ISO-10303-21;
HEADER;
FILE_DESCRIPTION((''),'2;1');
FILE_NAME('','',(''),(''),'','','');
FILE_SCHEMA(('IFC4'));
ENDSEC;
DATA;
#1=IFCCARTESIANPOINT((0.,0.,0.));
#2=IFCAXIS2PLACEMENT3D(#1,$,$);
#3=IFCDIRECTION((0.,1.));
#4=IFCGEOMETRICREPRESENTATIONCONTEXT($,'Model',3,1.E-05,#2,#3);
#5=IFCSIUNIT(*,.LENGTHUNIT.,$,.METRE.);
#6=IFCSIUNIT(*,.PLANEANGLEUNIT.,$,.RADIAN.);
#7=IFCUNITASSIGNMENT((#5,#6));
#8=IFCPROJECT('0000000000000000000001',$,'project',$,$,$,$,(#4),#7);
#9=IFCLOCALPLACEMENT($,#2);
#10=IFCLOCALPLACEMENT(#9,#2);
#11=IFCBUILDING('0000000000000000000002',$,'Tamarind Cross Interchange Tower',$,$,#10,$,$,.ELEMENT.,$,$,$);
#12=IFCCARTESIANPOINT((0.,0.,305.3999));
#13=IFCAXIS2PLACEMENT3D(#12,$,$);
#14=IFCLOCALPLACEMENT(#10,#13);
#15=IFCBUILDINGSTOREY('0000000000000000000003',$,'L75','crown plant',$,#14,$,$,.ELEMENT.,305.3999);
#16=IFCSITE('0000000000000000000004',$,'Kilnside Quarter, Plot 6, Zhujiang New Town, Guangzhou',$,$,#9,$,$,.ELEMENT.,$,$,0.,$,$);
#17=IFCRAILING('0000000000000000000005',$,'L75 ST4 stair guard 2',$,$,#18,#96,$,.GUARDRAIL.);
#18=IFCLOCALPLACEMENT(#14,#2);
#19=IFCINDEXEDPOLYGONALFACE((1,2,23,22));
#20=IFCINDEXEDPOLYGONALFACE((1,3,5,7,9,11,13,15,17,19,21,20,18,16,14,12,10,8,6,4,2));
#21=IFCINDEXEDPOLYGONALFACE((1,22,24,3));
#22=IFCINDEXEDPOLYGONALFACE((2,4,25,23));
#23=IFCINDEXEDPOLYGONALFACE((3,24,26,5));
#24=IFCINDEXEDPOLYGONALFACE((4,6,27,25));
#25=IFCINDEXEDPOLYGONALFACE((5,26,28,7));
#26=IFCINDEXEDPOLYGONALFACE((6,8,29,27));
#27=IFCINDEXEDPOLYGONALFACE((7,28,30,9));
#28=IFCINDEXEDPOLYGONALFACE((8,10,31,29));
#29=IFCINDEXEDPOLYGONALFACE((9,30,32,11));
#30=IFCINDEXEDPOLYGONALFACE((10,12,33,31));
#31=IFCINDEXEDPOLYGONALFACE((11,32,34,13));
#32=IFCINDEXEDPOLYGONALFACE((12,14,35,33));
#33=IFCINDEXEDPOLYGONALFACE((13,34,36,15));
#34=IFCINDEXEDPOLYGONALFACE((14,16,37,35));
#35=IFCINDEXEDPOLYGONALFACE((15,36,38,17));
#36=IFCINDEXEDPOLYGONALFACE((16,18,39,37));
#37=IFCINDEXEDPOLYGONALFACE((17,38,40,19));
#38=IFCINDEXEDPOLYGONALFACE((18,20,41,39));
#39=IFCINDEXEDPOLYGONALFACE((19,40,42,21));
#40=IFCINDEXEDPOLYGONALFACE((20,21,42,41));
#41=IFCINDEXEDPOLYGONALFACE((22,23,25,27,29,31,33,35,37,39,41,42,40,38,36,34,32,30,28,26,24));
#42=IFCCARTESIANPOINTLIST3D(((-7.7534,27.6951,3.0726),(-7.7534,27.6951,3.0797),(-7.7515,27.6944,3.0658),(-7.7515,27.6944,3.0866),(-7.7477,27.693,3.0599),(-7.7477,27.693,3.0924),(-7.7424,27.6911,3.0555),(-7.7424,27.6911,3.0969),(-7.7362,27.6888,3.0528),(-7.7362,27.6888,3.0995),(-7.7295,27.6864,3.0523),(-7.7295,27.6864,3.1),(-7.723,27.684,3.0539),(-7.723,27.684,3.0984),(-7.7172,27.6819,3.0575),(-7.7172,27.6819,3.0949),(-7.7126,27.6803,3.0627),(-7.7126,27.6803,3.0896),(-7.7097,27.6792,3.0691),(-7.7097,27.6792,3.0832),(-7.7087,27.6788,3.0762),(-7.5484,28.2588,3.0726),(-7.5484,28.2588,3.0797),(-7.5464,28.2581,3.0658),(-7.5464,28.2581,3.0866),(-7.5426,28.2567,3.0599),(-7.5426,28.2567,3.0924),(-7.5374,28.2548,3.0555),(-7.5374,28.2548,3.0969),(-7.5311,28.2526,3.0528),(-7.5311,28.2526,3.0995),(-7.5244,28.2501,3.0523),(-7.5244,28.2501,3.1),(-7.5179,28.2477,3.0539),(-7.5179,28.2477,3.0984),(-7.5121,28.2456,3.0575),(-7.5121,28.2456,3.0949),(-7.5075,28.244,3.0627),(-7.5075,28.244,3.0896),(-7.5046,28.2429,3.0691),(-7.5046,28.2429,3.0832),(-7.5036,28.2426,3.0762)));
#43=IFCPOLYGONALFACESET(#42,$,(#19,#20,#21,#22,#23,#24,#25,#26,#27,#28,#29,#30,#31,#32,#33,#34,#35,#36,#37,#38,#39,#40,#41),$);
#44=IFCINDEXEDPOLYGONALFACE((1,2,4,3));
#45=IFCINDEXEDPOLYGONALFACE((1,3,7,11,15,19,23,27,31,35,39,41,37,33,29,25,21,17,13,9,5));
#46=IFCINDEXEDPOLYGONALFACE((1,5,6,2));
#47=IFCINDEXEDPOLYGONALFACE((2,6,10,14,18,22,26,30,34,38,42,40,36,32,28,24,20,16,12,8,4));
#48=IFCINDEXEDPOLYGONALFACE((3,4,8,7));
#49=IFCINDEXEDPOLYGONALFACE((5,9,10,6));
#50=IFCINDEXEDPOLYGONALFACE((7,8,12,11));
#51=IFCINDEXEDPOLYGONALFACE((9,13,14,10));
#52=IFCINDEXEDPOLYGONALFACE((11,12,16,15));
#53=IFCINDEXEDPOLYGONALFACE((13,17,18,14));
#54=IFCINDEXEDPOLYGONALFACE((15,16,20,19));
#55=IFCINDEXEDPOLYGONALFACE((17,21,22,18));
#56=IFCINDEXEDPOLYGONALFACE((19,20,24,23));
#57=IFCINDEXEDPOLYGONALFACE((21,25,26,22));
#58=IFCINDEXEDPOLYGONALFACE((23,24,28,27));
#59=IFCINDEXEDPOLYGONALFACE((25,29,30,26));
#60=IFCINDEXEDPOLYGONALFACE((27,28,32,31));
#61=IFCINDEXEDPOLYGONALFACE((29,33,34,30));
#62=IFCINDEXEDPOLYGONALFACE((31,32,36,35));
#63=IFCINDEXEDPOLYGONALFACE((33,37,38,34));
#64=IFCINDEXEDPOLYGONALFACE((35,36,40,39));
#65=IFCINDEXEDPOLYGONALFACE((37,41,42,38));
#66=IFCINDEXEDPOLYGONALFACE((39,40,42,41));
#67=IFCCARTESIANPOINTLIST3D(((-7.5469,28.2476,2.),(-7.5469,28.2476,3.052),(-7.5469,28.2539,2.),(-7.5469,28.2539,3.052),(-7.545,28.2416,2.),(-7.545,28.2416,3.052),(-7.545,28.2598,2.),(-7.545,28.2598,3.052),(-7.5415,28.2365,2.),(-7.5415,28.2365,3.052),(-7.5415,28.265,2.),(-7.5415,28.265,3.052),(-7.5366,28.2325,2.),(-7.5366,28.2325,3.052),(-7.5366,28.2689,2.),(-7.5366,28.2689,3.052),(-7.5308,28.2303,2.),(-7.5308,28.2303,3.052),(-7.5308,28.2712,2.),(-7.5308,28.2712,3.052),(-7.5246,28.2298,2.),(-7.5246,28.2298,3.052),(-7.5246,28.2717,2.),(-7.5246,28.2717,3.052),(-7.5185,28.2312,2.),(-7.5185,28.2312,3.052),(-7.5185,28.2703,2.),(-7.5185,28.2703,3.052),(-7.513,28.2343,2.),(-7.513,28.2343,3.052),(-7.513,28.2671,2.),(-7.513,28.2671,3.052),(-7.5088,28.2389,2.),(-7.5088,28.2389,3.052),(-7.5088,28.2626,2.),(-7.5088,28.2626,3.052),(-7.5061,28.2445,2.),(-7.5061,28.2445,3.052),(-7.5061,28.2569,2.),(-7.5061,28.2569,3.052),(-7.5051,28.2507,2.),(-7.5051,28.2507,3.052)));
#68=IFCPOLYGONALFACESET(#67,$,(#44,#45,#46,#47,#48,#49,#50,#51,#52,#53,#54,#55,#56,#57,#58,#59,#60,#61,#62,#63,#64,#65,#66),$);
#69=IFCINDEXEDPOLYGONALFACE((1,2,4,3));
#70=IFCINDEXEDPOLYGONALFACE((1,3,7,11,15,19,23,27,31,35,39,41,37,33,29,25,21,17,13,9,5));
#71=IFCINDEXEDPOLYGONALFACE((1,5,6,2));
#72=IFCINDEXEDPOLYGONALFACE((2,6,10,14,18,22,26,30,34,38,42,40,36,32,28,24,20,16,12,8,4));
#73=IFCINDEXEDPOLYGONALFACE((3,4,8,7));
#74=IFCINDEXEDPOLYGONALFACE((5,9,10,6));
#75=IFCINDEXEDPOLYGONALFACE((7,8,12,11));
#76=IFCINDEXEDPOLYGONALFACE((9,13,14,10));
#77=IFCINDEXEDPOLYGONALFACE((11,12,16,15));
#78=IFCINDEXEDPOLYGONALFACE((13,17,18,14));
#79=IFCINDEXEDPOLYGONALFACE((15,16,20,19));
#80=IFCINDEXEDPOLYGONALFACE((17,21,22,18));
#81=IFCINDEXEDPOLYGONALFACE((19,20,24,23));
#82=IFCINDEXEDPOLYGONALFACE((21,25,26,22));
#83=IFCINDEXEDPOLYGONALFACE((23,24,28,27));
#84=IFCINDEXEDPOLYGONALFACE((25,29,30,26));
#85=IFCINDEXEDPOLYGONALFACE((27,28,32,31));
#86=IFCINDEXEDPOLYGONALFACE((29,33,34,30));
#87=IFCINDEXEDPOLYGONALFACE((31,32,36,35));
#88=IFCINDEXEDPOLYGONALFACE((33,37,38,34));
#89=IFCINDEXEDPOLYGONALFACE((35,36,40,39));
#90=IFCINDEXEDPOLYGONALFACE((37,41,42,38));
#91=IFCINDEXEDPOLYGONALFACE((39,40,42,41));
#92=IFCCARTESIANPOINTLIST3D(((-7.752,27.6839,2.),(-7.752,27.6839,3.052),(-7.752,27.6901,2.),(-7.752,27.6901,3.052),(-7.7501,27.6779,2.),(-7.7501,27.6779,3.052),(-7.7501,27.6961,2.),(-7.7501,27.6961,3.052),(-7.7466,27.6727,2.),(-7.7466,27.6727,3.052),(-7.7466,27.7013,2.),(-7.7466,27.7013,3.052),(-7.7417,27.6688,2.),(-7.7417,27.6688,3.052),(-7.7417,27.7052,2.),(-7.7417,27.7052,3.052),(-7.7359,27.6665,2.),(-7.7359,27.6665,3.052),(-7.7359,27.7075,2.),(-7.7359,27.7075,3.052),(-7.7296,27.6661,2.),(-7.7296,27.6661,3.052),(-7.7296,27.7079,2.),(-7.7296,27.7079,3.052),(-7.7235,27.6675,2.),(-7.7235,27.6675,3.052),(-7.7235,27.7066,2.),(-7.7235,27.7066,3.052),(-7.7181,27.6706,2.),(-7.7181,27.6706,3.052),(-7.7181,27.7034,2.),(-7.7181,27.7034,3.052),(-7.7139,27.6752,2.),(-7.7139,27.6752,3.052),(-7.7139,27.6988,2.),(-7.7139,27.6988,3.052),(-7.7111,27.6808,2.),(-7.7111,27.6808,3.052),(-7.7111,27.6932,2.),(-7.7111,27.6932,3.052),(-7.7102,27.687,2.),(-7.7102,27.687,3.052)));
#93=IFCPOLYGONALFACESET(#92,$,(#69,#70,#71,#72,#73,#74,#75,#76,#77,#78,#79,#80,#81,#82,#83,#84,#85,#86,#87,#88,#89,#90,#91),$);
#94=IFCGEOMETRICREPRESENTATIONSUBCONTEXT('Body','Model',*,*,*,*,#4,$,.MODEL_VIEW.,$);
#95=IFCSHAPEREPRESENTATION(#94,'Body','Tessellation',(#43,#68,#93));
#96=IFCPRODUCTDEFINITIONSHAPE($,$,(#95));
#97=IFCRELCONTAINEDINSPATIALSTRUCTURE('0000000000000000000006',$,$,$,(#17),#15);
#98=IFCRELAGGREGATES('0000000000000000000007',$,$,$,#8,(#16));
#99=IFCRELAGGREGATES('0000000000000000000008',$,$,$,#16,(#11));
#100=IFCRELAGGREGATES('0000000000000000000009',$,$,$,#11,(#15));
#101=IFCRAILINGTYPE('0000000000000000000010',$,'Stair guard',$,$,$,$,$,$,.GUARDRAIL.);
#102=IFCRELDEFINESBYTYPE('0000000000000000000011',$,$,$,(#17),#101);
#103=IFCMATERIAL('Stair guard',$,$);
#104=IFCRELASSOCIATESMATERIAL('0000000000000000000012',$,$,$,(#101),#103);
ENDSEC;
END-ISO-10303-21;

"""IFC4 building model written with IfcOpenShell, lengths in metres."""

from ifc_helpers import new_model, si_unit, direction, frame, origin, origin_2d, place, context, subcontext, project, spatial, circle, extrude, material, type_object, element, save


model = new_model("IFC4")

# Units and contexts
model_context = context("Model", 3, precision=1e-05, world=origin(), true_north=direction((0.0, 1.0)))
body_context = subcontext(model_context, "Body", "Model", "MODEL_VIEW")
ifc_project = project(units=[si_unit("LENGTHUNIT", "METRE"), si_unit("PLANEANGLEUNIT", "RADIAN")], contexts=[model_context])

# Site, building, storey
site_placement = place(None, origin())
site = spatial("IfcSite", under=ifc_project, at=site_placement, Name="Kilnside Quarter, Plot 6, Zhujiang New Town, Guangzhou", CompositionType="ELEMENT", RefElevation=0.0)
building_placement = place(site_placement, origin())
building = spatial("IfcBuilding", under=site, at=building_placement, Name="Tamarind Cross Interchange Tower", CompositionType="ELEMENT")
storey_placement = place(building_placement, frame((0.0, 0.0, 305.3999)))
storey = spatial("IfcBuildingStorey", under=building, at=storey_placement, Name="L75", Description="crown plant", CompositionType="ELEMENT", Elevation=305.3999)

# Railing
ifc_material_1 = material(Name="Stair guard")
railing_type_1 = type_object("IfcRailingType", Name="Stair guard", PredefinedType="GUARDRAIL", material=ifc_material_1)
railing_1_placement = place(storey_placement, frame((-7.5261, 28.2507, 2.0)))
element("IfcRailing", 1, at=railing_1_placement, inside=storey, type_object=railing_type_1, Name="L75 ST4 stair guard 2", PredefinedType="GUARDRAIL", context=body_context, shape_type="SweptSolid", body=[
    extrude(circle(Radius=0.0239, at=origin_2d()), frame((0.0, 0.0, 1.0762), z_axis=(-0.341874, -0.939746, 0.0), x_axis=(0.939746, -0.341874, 0.0)), (0.0, 0.0, 1.0), 0.5999),
    extrude(circle(Radius=0.021, at=origin_2d()), origin(), (0.0, 0.0, 1.0), 1.052),
    extrude(circle(Radius=0.021, at=origin_2d()), frame((-0.2051, -0.5637, 0.0)), (0.0, 0.0, 1.0), 1.052),
])

save(model, "model.ifc")
